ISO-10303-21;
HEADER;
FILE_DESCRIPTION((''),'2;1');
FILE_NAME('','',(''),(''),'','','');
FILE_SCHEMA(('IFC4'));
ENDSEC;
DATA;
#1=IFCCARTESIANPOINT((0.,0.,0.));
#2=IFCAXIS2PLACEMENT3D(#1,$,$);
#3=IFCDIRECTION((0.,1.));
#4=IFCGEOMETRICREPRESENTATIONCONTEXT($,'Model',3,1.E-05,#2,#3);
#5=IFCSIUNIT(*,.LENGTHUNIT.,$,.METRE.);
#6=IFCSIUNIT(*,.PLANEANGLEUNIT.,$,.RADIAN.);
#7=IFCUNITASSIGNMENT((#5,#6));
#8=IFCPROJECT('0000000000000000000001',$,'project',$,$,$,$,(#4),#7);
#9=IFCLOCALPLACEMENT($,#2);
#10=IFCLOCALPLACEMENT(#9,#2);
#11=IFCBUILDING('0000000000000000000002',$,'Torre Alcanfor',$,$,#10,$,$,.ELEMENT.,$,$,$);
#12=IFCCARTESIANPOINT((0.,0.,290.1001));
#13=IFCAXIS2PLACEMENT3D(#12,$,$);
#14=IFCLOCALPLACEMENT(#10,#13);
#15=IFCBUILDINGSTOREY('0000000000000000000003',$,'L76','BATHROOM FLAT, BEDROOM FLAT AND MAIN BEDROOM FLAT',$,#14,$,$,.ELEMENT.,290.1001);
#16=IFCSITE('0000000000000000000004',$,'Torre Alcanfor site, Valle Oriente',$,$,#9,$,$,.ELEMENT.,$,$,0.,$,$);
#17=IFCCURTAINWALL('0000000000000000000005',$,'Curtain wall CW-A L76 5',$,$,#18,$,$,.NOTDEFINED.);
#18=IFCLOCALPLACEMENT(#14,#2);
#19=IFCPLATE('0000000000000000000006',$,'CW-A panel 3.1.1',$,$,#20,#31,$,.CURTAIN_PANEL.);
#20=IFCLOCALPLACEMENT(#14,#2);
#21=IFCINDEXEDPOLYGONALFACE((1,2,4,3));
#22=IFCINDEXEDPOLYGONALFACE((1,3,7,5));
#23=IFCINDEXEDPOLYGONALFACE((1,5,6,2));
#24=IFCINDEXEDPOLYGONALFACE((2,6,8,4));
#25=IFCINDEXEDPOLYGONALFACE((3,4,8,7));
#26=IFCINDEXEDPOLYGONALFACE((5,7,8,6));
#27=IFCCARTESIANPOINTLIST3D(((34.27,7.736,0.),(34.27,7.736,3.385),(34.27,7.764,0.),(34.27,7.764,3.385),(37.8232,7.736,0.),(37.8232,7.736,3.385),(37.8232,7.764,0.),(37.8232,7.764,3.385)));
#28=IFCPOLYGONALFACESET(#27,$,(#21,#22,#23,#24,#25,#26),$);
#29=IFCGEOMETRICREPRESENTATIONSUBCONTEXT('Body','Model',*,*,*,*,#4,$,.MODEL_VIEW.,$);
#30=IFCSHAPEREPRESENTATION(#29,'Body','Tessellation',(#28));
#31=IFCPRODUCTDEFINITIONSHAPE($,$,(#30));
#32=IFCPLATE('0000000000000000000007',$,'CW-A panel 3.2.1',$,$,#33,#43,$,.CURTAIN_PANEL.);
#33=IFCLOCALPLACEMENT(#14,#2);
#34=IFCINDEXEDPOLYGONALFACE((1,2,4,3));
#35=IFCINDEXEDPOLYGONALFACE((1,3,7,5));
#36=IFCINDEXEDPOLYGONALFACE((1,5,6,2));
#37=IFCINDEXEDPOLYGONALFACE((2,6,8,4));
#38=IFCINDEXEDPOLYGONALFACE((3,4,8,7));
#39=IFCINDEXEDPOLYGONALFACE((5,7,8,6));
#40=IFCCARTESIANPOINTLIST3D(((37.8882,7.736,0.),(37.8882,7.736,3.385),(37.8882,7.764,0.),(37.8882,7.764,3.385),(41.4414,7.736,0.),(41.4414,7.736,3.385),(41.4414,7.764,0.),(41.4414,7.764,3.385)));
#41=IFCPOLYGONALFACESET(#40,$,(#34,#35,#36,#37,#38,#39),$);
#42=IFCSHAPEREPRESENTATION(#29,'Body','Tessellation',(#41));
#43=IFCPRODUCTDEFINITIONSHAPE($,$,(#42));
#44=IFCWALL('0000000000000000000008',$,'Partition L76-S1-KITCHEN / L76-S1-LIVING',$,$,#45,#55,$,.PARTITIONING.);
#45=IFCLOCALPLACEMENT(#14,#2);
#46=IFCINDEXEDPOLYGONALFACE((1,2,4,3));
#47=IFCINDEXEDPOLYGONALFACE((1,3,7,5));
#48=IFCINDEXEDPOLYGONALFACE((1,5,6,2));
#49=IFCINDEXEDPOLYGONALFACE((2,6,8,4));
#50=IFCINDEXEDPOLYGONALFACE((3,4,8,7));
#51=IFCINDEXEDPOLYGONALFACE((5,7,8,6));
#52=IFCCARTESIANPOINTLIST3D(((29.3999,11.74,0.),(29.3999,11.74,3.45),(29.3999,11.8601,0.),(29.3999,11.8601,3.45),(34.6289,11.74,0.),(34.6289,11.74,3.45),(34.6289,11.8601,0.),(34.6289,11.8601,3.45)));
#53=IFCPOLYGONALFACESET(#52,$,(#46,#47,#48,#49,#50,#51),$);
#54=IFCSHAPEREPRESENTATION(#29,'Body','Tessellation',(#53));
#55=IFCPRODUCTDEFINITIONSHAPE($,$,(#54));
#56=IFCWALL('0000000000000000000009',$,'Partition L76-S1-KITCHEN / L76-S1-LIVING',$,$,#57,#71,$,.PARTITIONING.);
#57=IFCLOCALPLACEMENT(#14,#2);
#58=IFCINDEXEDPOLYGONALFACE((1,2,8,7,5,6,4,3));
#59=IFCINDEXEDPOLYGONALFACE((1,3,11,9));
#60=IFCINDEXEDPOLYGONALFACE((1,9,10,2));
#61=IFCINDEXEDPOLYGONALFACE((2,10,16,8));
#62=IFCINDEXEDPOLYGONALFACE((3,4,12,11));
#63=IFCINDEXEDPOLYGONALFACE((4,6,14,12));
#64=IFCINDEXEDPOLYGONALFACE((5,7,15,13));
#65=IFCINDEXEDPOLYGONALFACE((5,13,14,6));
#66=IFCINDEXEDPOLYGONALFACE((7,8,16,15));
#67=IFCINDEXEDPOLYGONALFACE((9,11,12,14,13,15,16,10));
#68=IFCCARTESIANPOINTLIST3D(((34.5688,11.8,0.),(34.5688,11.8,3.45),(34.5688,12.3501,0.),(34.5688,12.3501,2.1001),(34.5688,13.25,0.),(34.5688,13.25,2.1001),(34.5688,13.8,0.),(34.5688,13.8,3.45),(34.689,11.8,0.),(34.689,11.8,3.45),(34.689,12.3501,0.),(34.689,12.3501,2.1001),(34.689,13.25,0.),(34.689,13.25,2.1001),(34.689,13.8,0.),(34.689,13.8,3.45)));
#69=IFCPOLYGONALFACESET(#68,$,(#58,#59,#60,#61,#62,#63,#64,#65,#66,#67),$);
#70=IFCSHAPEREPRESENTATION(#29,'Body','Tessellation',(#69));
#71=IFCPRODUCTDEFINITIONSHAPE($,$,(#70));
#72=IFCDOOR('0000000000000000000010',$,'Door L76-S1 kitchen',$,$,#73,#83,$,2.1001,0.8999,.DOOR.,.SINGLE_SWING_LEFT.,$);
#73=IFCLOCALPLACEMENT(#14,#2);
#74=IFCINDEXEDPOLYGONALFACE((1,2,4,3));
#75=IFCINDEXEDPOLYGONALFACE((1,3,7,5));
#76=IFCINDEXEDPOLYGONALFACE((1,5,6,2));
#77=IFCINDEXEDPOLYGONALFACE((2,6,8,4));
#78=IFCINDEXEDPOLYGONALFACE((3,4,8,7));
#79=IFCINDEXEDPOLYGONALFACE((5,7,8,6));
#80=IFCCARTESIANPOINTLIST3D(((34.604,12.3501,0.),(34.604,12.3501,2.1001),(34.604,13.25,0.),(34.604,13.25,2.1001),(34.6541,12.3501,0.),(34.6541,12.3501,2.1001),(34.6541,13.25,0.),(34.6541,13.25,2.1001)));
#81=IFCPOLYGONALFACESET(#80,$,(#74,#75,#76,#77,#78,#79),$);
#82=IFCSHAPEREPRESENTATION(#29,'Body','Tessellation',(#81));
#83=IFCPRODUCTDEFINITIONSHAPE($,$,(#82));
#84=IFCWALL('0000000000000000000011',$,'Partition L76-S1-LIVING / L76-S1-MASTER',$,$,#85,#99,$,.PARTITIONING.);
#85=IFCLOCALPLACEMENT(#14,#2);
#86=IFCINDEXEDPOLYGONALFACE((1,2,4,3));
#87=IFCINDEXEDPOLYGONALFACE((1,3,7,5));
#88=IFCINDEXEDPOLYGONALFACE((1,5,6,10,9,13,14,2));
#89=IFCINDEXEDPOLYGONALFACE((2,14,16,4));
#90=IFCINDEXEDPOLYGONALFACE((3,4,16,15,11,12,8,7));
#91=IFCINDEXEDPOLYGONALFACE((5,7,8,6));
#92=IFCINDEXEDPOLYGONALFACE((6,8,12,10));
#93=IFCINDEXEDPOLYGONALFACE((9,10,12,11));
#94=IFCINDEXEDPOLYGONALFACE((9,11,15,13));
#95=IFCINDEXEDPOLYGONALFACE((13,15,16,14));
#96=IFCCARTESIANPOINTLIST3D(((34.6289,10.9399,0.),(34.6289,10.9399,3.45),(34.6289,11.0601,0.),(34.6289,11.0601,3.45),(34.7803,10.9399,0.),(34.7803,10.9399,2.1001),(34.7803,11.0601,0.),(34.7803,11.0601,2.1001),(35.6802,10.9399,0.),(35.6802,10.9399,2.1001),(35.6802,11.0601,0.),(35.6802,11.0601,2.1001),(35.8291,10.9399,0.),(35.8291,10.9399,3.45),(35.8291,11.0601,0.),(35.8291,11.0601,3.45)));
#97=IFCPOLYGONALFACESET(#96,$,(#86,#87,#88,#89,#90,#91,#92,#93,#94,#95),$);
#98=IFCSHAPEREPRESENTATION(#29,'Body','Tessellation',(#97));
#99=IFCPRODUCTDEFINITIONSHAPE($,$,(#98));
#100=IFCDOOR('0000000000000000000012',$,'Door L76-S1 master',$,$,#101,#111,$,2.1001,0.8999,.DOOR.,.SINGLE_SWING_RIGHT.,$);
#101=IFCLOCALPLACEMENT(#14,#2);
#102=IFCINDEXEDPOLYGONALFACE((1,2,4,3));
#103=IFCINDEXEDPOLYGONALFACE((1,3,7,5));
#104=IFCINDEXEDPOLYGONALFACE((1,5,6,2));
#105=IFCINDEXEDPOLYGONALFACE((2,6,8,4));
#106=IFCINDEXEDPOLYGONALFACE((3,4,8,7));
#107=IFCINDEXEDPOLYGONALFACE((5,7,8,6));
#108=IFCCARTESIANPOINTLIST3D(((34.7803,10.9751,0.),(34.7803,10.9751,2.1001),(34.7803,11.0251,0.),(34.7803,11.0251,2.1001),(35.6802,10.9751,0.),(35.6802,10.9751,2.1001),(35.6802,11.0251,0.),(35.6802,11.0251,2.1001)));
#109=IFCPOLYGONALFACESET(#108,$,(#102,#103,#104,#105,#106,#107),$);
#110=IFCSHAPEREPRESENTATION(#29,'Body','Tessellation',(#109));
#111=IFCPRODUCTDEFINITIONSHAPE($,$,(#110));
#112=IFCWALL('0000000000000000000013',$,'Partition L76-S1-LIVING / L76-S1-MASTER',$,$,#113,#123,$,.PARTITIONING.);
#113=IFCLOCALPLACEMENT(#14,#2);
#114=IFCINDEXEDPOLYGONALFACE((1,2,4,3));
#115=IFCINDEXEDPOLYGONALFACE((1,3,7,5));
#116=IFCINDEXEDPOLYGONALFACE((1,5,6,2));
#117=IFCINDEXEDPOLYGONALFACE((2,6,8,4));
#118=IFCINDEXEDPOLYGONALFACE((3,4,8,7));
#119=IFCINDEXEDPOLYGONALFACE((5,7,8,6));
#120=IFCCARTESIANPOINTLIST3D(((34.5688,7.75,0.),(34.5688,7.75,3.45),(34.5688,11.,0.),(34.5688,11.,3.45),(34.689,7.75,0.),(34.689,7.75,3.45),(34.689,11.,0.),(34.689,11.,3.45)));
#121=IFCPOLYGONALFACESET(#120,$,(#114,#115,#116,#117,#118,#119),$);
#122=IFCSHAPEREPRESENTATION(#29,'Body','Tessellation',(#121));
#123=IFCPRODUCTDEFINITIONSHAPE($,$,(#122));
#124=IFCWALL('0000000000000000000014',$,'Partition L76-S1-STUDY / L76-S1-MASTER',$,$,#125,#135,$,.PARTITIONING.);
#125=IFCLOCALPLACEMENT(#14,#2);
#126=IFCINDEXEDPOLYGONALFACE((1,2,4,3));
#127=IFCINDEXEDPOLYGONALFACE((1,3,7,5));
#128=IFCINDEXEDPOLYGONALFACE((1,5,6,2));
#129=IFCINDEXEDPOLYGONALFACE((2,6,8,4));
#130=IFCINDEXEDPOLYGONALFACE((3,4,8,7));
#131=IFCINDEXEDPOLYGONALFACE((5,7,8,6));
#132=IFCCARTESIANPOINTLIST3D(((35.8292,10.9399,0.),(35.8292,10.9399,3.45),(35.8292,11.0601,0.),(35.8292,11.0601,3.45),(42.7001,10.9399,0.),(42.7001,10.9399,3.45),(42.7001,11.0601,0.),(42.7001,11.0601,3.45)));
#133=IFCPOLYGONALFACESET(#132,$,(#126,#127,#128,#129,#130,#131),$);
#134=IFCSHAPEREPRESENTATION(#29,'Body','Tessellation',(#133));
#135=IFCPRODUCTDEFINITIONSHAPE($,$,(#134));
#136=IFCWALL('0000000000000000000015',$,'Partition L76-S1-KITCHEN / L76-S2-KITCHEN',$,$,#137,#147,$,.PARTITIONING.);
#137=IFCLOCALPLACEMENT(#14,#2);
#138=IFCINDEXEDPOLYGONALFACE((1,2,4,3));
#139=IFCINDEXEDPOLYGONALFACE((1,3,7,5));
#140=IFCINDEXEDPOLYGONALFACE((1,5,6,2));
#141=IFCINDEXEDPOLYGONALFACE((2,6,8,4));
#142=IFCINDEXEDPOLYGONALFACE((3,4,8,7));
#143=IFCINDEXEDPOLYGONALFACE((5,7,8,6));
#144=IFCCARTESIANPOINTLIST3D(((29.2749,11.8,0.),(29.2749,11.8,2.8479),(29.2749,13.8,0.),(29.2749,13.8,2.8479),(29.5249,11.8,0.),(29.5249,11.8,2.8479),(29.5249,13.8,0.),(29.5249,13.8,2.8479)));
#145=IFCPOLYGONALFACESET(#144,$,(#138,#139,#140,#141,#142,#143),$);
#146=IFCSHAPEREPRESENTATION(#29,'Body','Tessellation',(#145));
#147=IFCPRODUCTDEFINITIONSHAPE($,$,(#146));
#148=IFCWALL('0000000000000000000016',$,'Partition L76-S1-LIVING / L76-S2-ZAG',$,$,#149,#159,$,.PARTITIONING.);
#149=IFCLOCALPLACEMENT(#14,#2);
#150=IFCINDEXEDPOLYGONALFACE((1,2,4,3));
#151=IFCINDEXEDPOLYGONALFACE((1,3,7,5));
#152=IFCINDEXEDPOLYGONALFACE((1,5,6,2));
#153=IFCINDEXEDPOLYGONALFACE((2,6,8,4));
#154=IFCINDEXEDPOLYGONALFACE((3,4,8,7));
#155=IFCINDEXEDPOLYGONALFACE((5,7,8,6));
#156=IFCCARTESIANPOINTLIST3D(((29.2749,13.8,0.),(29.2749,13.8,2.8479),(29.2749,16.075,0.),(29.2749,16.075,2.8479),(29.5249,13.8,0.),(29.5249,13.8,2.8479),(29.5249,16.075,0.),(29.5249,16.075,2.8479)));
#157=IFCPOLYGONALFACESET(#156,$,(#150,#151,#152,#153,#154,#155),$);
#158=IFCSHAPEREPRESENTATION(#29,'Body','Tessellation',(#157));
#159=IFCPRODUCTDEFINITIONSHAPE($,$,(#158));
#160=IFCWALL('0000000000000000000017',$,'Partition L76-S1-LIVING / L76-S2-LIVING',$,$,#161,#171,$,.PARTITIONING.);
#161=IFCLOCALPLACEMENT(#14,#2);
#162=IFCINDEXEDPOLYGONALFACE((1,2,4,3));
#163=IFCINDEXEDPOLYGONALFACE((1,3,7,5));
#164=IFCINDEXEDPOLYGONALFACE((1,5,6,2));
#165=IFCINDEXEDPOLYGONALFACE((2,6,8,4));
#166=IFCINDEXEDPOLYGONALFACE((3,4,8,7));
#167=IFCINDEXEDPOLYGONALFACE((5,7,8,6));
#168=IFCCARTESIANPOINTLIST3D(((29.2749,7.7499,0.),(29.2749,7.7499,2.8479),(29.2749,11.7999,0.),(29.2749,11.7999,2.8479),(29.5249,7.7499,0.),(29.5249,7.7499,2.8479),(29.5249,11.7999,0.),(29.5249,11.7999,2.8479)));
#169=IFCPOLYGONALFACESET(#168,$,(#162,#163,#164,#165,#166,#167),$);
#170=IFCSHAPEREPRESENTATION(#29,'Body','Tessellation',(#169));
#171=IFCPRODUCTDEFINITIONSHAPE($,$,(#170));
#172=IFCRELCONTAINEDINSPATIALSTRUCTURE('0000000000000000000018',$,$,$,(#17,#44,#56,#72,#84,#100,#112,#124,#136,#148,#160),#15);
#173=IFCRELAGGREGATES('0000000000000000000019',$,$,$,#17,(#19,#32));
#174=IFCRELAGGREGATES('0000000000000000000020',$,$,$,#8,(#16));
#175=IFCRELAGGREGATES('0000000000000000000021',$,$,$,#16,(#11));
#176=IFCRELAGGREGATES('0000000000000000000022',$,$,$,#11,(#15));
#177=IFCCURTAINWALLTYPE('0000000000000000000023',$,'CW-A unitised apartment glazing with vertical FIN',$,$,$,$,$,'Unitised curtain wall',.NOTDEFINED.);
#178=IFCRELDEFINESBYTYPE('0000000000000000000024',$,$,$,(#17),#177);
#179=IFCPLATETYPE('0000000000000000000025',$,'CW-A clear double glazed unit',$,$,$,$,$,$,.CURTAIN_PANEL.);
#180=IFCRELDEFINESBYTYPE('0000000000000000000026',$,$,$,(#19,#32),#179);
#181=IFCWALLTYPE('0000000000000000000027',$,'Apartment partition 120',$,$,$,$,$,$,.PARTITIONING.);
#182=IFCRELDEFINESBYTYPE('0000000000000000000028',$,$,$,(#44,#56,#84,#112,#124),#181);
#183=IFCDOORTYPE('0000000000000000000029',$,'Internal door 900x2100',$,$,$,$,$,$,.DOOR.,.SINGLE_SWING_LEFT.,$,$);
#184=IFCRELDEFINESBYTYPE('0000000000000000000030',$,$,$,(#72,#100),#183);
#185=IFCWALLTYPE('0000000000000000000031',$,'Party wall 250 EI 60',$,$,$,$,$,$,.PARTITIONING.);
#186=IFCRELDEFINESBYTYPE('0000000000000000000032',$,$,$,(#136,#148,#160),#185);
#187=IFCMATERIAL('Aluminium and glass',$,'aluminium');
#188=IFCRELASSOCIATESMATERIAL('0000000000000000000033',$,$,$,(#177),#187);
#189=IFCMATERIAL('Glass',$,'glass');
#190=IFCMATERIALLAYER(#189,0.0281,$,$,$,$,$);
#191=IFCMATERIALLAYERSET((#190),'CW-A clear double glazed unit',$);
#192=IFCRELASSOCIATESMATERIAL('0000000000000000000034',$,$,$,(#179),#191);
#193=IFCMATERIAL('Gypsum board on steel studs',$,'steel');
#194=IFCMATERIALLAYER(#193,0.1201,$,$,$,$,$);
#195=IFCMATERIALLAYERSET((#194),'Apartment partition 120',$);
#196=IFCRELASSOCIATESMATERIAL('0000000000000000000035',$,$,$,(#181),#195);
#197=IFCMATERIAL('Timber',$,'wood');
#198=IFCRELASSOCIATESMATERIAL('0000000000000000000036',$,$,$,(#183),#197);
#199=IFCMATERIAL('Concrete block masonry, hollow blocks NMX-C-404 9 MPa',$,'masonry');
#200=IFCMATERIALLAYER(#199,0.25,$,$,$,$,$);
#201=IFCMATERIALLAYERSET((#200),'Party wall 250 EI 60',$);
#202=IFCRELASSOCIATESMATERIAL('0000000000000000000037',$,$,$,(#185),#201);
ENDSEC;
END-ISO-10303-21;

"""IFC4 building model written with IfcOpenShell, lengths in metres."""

from ifc_helpers import new_model, si_unit, direction, frame, frame_2d, origin, origin_2d, place, context, subcontext, project, spatial, rectangle, extrude, material, layer, layer_set, type_object, element, fill, aggregate, save


model = new_model("IFC4")

# Units and contexts
model_context = context("Model", 3, precision=1e-05, world=origin(), true_north=direction((0.0, 1.0)))
body_context = subcontext(model_context, "Body", "Model", "MODEL_VIEW")
ifc_project = project(units=[si_unit("LENGTHUNIT", "METRE"), si_unit("PLANEANGLEUNIT", "RADIAN")], contexts=[model_context])

# Site, building, storey
site_placement = place(None, origin())
site = spatial("IfcSite", under=ifc_project, at=site_placement, Name="Torre Alcanfor site, Valle Oriente", CompositionType="ELEMENT", RefElevation=0.0)
building_placement = place(site_placement, origin())
building = spatial("IfcBuilding", under=site, at=building_placement, Name="Torre Alcanfor", CompositionType="ELEMENT")
storey_placement = place(building_placement, frame((0.0, 0.0, 290.1001)))
storey = spatial("IfcBuildingStorey", under=building, at=storey_placement, Name="L76", Description="BATHROOM FLAT, BEDROOM FLAT AND MAIN BEDROOM FLAT", CompositionType="ELEMENT", Elevation=290.1001)

# Curtain wall
ifc_material_1 = material(Name="Aluminium and glass", Category="aluminium")
curtain_wall_type = type_object("IfcCurtainWallType", Name="CW-A unitised apartment glazing with vertical FIN", ElementType="Unitised curtain wall", PredefinedType="NOTDEFINED", material=ifc_material_1)
curtain_wall_placement = place(storey_placement, origin())
curtain_wall = element("IfcCurtainWall", 1, at=curtain_wall_placement, inside=storey, type_object=curtain_wall_type, Name="Curtain wall CW-A L76 5", PredefinedType="NOTDEFINED")

# Plates
ifc_material_2 = material(Name="Glass", Category="glass")
ifc_layer_1 = layer(ifc_material_2, 0.0281)
ifc_layer_set_1 = layer_set([ifc_layer_1], Name="CW-A clear double glazed unit")
plate_type = type_object("IfcPlateType", Name="CW-A clear double glazed unit", PredefinedType="CURTAIN_PANEL", material=ifc_layer_set_1)
plate_1_placement = place(storey_placement, frame((36.0466, 7.75, 0.0), z_axis=(0.0, 0.0, 1.0), x_axis=(1.0, 0.0, 0.0)))
plate_1 = element("IfcPlate", 2, at=plate_1_placement, type_object=plate_type, Name="CW-A panel 3.1.1", PredefinedType="CURTAIN_PANEL", context=body_context, shape_type="SweptSolid", body=[
    extrude(rectangle(XDim=3.5532, YDim=0.0281, at=origin_2d()), origin(), (0.0, 0.0, 1.0), 3.385),
])
plate_2_placement = place(storey_placement, frame((39.6648, 7.75, 0.0), z_axis=(0.0, 0.0, 1.0), x_axis=(1.0, 0.0, 0.0)))
plate_2 = element("IfcPlate", 3, at=plate_2_placement, type_object=plate_type, Name="CW-A panel 3.2.1", PredefinedType="CURTAIN_PANEL", context=body_context, shape_type="SweptSolid", body=[
    extrude(rectangle(XDim=3.5532, YDim=0.0281, at=origin_2d()), origin(), (0.0, 0.0, 1.0), 3.385),
])
aggregate(curtain_wall, [plate_1, plate_2])

# Wall
ifc_material_3 = material(Name="Gypsum board on steel studs", Category="steel")
ifc_layer_2 = layer(ifc_material_3, 0.1201)
ifc_layer_set_2 = layer_set([ifc_layer_2], Name="Apartment partition 120")
wall_type_1 = type_object("IfcWallType", Name="Apartment partition 120", PredefinedType="PARTITIONING", material=ifc_layer_set_2)
wall_1_placement = place(storey_placement, frame((29.3999, 11.8, 0.0), z_axis=(0.0, 0.0, 1.0), x_axis=(1.0, 0.0, 0.0)))
element("IfcWall", 4, at=wall_1_placement, inside=storey, type_object=wall_type_1, Name="Partition L76-S1-KITCHEN / L76-S1-LIVING", PredefinedType="PARTITIONING", context=body_context, shape_type="SweptSolid", body=[
    extrude(rectangle(XDim=5.229, YDim=0.1201, at=frame_2d((2.6145, 0.0))), origin(), (0.0, 0.0, 1.0), 3.45),
])

# Walls, openings, doors
wall_2_placement = place(storey_placement, frame((34.6289, 11.8, 0.0), z_axis=(0.0, 0.0, 1.0), x_axis=(0.0, 1.0, 0.0)))
wall_2 = element("IfcWall", 5, at=wall_2_placement, inside=storey, type_object=wall_type_1, Name="Partition L76-S1-KITCHEN / L76-S1-LIVING", PredefinedType="PARTITIONING", context=body_context, shape_type="SweptSolid", body=[
    extrude(rectangle(XDim=2.0, YDim=0.1201, at=frame_2d((1.0, 0.0))), origin(), (0.0, 0.0, 1.0), 3.45),
])
opening_1_placement = place(wall_2_placement, frame((0.55, 0.0, 0.0)))
opening_1 = element("IfcOpeningElement", 6, at=opening_1_placement, cuts=wall_2, PredefinedType="OPENING", context=body_context, shape_type="SweptSolid", body=[
    extrude(rectangle(XDim=0.8999, YDim=2.1001, at=frame_2d((0.45, 1.05))), frame((0.0, 0.0701, 0.0), z_axis=(0.0, -1.0, 0.0), x_axis=(1.0, 0.0, 0.0)), (0.0, 0.0, 1.0), 0.1401),
])
ifc_material_4 = material(Name="Timber", Category="wood")
door_type = type_object("IfcDoorType", Name="Internal door 900x2100", OperationType="SINGLE_SWING_LEFT", PredefinedType="DOOR", material=ifc_material_4)
door_1_placement = place(opening_1_placement, origin())
door_1 = element("IfcDoor", 7, at=door_1_placement, inside=storey, type_object=door_type, Name="Door L76-S1 kitchen", OperationType="SINGLE_SWING_LEFT", OverallHeight=2.1001, OverallWidth=0.8999, PredefinedType="DOOR", context=body_context, shape_type="SweptSolid", body=[
    extrude(rectangle(XDim=0.8999, YDim=2.1001, at=frame_2d((0.45, 1.05))), frame((0.0, 0.0249, 0.0), z_axis=(0.0, -1.0, 0.0), x_axis=(1.0, 0.0, 0.0)), (0.0, 0.0, 1.0), 0.05),
])
fill(opening_1, door_1)
wall_3_placement = place(storey_placement, frame((35.8291, 11.0, 0.0), z_axis=(0.0, 0.0, 1.0), x_axis=(-1.0, 0.0, 0.0)))
wall_3 = element("IfcWall", 8, at=wall_3_placement, inside=storey, type_object=wall_type_1, Name="Partition L76-S1-LIVING / L76-S1-MASTER", PredefinedType="PARTITIONING", context=body_context, shape_type="SweptSolid", body=[
    extrude(rectangle(XDim=1.2002, YDim=0.1201, at=frame_2d((0.6001, 0.0))), origin(), (0.0, 0.0, 1.0), 3.45),
])
opening_2_placement = place(wall_3_placement, frame((0.1489, 0.0, 0.0)))
opening_2 = element("IfcOpeningElement", 9, at=opening_2_placement, cuts=wall_3, PredefinedType="OPENING", context=body_context, shape_type="SweptSolid", body=[
    extrude(rectangle(XDim=0.8999, YDim=2.1001, at=frame_2d((0.45, 1.05))), frame((0.0, 0.0701, 0.0), z_axis=(0.0, -1.0, 0.0), x_axis=(1.0, 0.0, 0.0)), (0.0, 0.0, 1.0), 0.1401),
])
door_2_placement = place(opening_2_placement, origin())
door_2 = element("IfcDoor", 10, at=door_2_placement, inside=storey, type_object=door_type, Name="Door L76-S1 master", OperationType="SINGLE_SWING_RIGHT", OverallHeight=2.1001, OverallWidth=0.8999, PredefinedType="DOOR", context=body_context, shape_type="SweptSolid", body=[
    extrude(rectangle(XDim=0.8999, YDim=2.1001, at=frame_2d((0.45, 1.05))), frame((0.0, 0.0249, 0.0), z_axis=(0.0, -1.0, 0.0), x_axis=(1.0, 0.0, 0.0)), (0.0, 0.0, 1.0), 0.05),
])
fill(opening_2, door_2)

# Walls
wall_4_placement = place(storey_placement, frame((34.6289, 11.0, 0.0), z_axis=(0.0, 0.0, 1.0), x_axis=(0.0, -1.0, 0.0)))
element("IfcWall", 11, at=wall_4_placement, inside=storey, type_object=wall_type_1, Name="Partition L76-S1-LIVING / L76-S1-MASTER", PredefinedType="PARTITIONING", context=body_context, shape_type="SweptSolid", body=[
    extrude(rectangle(XDim=3.25, YDim=0.1201, at=frame_2d((1.625, 0.0))), origin(), (0.0, 0.0, 1.0), 3.45),
])
wall_5_placement = place(storey_placement, frame((35.8291, 11.0, 0.0), z_axis=(0.0, 0.0, 1.0), x_axis=(1.0, 0.0, 0.0)))
element("IfcWall", 12, at=wall_5_placement, inside=storey, type_object=wall_type_1, Name="Partition L76-S1-STUDY / L76-S1-MASTER", PredefinedType="PARTITIONING", context=body_context, shape_type="SweptSolid", body=[
    extrude(rectangle(XDim=6.8708, YDim=0.1201, at=frame_2d((3.4355, 0.0))), origin(), (0.0, 0.0, 1.0), 3.45),
])
ifc_material_5 = material(Name="Concrete block masonry, hollow blocks NMX-C-404 9 MPa", Category="masonry")
ifc_layer_3 = layer(ifc_material_5, 0.25)
ifc_layer_set_3 = layer_set([ifc_layer_3], Name="Party wall 250 EI 60")
wall_type_2 = type_object("IfcWallType", Name="Party wall 250 EI 60", PredefinedType="PARTITIONING", material=ifc_layer_set_3)
wall_6_placement = place(storey_placement, frame((29.3999, 13.8, 0.0), z_axis=(0.0, 0.0, 1.0), x_axis=(0.0, -1.0, 0.0)))
element("IfcWall", 13, at=wall_6_placement, inside=storey, type_object=wall_type_2, Name="Partition L76-S1-KITCHEN / L76-S2-KITCHEN", PredefinedType="PARTITIONING", context=body_context, shape_type="SweptSolid", body=[
    extrude(rectangle(XDim=2.0, YDim=0.25, at=frame_2d((1.0, 0.0))), origin(), (0.0, 0.0, 1.0), 2.8479),
])
wall_7_placement = place(storey_placement, frame((29.3999, 13.8, 0.0), z_axis=(0.0, 0.0, 1.0), x_axis=(0.0, 1.0, 0.0)))
element("IfcWall", 14, at=wall_7_placement, inside=storey, type_object=wall_type_2, Name="Partition L76-S1-LIVING / L76-S2-ZAG", PredefinedType="PARTITIONING", context=body_context, shape_type="SweptSolid", body=[
    extrude(rectangle(XDim=2.2749, YDim=0.25, at=frame_2d((1.1375, 0.0))), origin(), (0.0, 0.0, 1.0), 2.8479),
])
wall_8_placement = place(storey_placement, frame((29.3999, 7.75, 0.0), z_axis=(0.0, 0.0, 1.0), x_axis=(0.0, 1.0, 0.0)))
element("IfcWall", 15, at=wall_8_placement, inside=storey, type_object=wall_type_2, Name="Partition L76-S1-LIVING / L76-S2-LIVING", PredefinedType="PARTITIONING", context=body_context, shape_type="SweptSolid", body=[
    extrude(rectangle(XDim=4.05, YDim=0.25, at=frame_2d((2.0249, 0.0))), origin(), (0.0, 0.0, 1.0), 2.8479),
])

save(model, "model.ifc")
